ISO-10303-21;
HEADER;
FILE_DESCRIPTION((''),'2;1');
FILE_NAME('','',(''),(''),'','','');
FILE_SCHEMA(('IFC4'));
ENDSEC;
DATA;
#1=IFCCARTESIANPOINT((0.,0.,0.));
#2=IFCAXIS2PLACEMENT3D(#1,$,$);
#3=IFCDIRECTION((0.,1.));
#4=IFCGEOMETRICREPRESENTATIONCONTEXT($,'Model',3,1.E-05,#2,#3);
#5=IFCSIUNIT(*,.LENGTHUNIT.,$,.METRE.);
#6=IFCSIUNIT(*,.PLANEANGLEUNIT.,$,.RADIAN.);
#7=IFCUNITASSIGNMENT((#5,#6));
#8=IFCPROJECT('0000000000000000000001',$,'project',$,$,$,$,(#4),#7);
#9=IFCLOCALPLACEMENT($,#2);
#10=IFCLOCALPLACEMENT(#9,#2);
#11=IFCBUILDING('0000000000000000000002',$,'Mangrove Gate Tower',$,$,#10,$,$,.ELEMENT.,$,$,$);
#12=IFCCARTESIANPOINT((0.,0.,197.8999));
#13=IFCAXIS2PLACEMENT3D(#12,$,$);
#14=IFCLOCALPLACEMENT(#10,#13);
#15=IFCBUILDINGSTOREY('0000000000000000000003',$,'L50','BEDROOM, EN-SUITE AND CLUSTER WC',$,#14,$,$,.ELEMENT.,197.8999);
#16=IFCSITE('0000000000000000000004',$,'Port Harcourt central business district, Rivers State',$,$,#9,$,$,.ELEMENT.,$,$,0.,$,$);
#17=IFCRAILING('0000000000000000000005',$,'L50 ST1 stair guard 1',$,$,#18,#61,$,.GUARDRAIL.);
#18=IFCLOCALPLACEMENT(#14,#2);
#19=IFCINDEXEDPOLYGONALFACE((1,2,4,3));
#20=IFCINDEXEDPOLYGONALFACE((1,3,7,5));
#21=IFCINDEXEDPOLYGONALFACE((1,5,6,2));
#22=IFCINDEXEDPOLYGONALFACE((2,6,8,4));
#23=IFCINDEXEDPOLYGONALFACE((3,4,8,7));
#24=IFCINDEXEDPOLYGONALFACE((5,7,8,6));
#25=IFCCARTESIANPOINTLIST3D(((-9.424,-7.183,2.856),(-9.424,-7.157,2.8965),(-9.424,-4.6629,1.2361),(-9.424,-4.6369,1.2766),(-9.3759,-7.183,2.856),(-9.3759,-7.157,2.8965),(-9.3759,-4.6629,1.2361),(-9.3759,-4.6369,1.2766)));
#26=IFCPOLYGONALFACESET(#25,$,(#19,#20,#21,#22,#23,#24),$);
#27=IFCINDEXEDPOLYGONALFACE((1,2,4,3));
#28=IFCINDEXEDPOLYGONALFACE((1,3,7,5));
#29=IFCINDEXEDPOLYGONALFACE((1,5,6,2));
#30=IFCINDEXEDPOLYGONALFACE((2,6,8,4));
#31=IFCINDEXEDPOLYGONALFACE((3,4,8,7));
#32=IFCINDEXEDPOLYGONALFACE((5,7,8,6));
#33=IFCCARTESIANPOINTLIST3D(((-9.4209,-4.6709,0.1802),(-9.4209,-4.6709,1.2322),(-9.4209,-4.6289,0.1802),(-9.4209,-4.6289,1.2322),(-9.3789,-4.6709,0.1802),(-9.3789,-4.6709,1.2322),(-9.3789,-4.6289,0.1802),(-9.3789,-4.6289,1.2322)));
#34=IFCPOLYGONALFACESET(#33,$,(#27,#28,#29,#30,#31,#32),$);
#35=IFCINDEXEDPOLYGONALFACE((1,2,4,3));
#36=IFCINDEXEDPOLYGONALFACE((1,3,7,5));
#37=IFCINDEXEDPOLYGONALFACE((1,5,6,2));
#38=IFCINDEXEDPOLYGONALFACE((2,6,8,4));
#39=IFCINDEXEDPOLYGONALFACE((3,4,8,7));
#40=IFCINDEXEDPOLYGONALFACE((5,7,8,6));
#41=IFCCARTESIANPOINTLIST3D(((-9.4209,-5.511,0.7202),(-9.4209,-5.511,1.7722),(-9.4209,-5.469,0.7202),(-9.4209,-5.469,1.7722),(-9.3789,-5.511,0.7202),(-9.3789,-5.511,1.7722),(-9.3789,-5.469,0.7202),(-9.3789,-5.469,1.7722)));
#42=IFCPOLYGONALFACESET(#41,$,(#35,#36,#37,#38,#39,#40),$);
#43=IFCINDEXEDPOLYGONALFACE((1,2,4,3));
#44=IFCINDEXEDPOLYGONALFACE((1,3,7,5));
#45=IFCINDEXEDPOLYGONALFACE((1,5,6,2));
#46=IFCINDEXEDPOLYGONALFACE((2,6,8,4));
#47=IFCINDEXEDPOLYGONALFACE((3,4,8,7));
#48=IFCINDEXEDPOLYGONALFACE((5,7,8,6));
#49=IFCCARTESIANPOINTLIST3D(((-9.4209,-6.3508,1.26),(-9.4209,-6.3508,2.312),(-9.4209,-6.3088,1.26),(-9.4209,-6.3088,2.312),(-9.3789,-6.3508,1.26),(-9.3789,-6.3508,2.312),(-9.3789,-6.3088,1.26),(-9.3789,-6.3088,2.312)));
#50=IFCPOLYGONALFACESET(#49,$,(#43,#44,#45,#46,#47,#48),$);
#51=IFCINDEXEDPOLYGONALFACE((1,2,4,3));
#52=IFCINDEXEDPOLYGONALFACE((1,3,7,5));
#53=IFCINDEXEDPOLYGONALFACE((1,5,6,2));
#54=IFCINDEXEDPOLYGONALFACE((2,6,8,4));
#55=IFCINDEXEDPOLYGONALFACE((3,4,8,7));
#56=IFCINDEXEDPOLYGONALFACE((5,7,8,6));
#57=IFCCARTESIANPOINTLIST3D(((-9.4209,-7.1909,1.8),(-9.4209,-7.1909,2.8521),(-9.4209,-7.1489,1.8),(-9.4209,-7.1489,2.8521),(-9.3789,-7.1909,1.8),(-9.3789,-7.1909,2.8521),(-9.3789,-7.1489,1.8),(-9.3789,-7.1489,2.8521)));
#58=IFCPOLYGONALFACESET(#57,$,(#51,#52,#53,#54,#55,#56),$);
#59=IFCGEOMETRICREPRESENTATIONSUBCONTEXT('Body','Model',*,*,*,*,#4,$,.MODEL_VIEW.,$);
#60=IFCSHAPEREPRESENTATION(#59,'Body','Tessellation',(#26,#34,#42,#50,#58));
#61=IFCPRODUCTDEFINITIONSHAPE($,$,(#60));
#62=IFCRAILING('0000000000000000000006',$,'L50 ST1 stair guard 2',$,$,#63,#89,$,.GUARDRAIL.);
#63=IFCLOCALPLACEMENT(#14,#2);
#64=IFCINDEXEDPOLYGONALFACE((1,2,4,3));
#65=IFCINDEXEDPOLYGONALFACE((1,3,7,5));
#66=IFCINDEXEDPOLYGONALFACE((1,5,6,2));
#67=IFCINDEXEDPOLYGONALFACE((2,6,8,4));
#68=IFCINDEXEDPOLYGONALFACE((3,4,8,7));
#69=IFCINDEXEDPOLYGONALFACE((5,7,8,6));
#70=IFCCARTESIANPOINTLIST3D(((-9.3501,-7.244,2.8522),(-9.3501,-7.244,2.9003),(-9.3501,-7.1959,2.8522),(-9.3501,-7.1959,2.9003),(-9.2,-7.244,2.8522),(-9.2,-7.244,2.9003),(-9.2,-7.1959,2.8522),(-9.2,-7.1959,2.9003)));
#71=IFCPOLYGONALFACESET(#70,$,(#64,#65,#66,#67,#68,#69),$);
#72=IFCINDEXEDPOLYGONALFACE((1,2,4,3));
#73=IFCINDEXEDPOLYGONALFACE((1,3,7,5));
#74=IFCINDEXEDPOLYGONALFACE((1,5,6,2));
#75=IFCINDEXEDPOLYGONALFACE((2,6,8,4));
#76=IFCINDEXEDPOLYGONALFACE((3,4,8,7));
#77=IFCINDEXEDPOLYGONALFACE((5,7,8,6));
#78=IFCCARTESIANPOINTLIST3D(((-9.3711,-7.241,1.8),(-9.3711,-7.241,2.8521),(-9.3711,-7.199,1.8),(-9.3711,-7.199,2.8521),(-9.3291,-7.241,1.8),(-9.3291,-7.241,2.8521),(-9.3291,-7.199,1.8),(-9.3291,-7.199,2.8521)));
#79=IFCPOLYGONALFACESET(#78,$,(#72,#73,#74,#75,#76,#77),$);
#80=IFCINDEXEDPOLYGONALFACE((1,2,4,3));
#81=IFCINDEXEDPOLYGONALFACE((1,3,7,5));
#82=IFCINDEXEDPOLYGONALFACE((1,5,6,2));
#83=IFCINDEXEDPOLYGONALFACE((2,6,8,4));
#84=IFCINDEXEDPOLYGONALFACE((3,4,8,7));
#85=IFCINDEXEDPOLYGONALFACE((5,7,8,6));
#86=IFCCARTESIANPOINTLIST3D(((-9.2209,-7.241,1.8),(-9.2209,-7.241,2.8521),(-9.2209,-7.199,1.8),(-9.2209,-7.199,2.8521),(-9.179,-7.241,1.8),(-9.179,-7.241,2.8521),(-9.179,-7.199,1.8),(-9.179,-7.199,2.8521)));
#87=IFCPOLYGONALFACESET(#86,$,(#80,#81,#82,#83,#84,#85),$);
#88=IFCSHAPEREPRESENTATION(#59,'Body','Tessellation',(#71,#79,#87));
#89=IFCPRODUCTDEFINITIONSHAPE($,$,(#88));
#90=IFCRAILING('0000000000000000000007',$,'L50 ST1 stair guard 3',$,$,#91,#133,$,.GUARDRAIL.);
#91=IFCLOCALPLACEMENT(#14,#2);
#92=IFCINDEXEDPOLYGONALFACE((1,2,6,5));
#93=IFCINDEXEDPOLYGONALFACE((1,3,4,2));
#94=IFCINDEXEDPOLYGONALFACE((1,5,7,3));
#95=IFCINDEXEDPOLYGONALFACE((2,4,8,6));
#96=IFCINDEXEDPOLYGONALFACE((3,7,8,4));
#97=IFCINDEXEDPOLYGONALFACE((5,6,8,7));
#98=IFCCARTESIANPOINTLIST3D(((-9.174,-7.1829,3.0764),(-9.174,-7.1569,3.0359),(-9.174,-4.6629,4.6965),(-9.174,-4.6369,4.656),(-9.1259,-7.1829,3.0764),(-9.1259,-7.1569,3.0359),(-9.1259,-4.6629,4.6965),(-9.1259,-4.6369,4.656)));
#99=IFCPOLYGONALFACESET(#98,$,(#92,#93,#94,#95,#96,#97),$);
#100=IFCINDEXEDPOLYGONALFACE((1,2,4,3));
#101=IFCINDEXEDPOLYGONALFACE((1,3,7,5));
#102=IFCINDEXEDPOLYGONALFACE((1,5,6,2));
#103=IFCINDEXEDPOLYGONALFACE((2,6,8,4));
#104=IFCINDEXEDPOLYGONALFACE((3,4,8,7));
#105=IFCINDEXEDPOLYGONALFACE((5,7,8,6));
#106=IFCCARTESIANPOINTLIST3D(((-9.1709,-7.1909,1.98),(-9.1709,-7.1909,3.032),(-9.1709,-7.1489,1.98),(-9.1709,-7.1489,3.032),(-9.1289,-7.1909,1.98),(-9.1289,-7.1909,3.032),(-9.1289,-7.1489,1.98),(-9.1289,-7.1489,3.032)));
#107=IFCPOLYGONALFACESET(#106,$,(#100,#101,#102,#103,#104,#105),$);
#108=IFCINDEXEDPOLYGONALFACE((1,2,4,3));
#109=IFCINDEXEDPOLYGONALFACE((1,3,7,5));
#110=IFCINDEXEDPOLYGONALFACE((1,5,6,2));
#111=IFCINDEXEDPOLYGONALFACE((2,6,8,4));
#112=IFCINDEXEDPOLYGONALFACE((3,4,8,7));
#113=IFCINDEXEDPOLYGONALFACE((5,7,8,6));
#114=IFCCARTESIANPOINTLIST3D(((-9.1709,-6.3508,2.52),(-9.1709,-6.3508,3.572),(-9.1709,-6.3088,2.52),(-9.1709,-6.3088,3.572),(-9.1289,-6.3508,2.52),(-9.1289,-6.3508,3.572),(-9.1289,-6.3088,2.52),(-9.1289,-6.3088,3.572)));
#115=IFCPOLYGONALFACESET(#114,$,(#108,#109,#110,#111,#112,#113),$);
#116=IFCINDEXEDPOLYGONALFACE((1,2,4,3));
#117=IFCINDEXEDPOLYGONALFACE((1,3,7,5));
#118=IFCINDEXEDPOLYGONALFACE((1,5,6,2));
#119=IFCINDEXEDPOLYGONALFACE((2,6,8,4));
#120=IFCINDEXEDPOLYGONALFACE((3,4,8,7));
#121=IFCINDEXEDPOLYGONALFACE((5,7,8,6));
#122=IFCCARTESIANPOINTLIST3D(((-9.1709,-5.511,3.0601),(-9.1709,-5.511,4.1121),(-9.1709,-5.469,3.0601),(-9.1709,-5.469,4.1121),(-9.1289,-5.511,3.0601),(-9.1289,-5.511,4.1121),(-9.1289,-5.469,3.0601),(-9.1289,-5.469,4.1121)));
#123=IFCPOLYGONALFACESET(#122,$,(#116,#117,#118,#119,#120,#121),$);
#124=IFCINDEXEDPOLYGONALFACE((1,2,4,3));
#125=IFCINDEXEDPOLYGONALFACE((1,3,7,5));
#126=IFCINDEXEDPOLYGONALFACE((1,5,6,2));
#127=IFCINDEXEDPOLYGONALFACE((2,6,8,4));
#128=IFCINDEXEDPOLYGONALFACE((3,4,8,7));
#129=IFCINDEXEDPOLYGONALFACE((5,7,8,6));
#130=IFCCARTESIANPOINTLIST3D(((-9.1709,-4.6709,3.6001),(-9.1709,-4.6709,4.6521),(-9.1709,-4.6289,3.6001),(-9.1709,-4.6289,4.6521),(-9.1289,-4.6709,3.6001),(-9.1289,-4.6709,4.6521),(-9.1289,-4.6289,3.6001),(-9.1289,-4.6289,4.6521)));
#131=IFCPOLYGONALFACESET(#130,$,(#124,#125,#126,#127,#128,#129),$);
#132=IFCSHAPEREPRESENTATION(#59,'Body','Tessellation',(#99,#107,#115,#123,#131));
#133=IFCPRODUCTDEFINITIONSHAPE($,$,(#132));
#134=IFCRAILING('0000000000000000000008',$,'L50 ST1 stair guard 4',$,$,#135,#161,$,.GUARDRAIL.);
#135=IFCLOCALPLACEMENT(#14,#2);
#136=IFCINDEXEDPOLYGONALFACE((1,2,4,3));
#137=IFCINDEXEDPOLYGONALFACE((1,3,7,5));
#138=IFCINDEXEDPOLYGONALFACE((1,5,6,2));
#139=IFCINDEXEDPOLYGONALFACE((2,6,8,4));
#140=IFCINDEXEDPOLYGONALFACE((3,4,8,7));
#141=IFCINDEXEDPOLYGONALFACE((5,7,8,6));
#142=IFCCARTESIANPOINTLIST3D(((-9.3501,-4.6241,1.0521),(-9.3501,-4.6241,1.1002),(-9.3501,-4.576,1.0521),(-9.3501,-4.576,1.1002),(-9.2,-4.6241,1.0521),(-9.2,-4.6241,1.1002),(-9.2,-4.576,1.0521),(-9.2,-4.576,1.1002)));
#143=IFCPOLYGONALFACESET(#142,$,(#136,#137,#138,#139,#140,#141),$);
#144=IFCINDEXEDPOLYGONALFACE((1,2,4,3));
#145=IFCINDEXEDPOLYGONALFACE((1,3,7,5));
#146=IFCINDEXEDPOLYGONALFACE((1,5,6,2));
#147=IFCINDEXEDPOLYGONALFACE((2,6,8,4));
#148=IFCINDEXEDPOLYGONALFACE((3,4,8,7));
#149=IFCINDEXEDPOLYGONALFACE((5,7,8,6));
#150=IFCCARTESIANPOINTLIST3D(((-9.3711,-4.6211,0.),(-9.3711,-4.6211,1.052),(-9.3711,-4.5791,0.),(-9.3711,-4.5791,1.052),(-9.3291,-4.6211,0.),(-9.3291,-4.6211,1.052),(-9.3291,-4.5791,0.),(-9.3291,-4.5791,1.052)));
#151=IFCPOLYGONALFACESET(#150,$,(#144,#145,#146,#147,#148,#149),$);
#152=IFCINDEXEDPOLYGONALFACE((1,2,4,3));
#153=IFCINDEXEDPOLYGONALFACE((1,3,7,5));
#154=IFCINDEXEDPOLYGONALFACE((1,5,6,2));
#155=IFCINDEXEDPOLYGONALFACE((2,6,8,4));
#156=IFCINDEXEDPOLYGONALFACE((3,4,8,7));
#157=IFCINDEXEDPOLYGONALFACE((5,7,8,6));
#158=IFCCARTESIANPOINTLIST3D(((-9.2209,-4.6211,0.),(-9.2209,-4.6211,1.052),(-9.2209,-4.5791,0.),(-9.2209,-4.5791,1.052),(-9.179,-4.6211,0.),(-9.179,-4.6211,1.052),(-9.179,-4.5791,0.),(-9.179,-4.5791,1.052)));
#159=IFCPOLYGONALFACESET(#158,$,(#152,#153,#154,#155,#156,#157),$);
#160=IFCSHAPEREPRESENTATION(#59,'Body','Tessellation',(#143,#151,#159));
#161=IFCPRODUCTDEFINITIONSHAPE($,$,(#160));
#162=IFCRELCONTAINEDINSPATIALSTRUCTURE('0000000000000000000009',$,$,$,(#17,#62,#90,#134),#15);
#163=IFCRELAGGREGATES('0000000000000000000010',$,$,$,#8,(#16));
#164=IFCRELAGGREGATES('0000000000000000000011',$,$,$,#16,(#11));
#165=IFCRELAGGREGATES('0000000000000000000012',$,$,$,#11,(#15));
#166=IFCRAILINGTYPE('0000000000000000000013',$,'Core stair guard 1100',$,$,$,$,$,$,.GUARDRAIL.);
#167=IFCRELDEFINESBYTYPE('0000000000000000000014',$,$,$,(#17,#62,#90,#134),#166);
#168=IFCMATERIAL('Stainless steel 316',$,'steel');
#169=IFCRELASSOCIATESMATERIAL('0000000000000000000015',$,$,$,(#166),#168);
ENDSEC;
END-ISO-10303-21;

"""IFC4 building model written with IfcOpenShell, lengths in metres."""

from ifc_helpers import new_model, si_unit, direction, frame, origin, origin_2d, place, context, subcontext, project, spatial, rectangle, extrude, material, type_object, element, save


model = new_model("IFC4")

# Units and contexts
model_context = context("Model", 3, precision=1e-05, world=origin(), true_north=direction((0.0, 1.0)))
body_context = subcontext(model_context, "Body", "Model", "MODEL_VIEW")
ifc_project = project(units=[si_unit("LENGTHUNIT", "METRE"), si_unit("PLANEANGLEUNIT", "RADIAN")], contexts=[model_context])

# Site, building, storey
site_placement = place(None, origin())
site = spatial("IfcSite", under=ifc_project, at=site_placement, Name="Port Harcourt central business district, Rivers State", CompositionType="ELEMENT", RefElevation=0.0)
building_placement = place(site_placement, origin())
building = spatial("IfcBuilding", under=site, at=building_placement, Name="Mangrove Gate Tower", CompositionType="ELEMENT")
storey_placement = place(building_placement, frame((0.0, 0.0, 197.8999)))
storey = spatial("IfcBuildingStorey", under=building, at=storey_placement, Name="L50", Description="BEDROOM, EN-SUITE AND CLUSTER WC", CompositionType="ELEMENT", Elevation=197.8999)

# Railings
ifc_material_1 = material(Name="Stainless steel 316", Category="steel")
railing_type_1 = type_object("IfcRailingType", Name="Core stair guard 1100", PredefinedType="GUARDRAIL", material=ifc_material_1)
railing_1_placement = place(storey_placement, frame((-9.3999, -4.6499, 0.1802)))
element("IfcRailing", 1, at=railing_1_placement, inside=storey, type_object=railing_type_1, Name="L50 ST1 stair guard 1", PredefinedType="GUARDRAIL", context=body_context, shape_type="SweptSolid", body=[
    extrude(rectangle(XDim=0.0481, YDim=0.0481, at=origin_2d()), frame((0.0, 0.0, 1.0762), z_axis=(0.0, -0.8412, 0.540725), x_axis=(1.0, 0.0, 0.0)), (0.0, 0.0, 1.0), 2.9958),
    extrude(rectangle(XDim=0.042, YDim=0.042, at=origin_2d()), origin(), (0.0, 0.0, 1.0), 1.052),
    extrude(rectangle(XDim=0.042, YDim=0.042, at=origin_2d()), frame((0.0, -0.8401, 0.54)), (0.0, 0.0, 1.0), 1.052),
    extrude(rectangle(XDim=0.042, YDim=0.042, at=origin_2d()), frame((0.0, -1.6799, 1.0798)), (0.0, 0.0, 1.0), 1.052),
    extrude(rectangle(XDim=0.042, YDim=0.042, at=origin_2d()), frame((0.0, -2.52, 1.6199)), (0.0, 0.0, 1.0), 1.052),
])
railing_2_placement = place(storey_placement, frame((-9.3501, -7.22, 1.8)))
element("IfcRailing", 2, at=railing_2_placement, inside=storey, type_object=railing_type_1, Name="L50 ST1 stair guard 2", PredefinedType="GUARDRAIL", context=body_context, shape_type="SweptSolid", body=[
    extrude(rectangle(XDim=0.0481, YDim=0.0481, at=origin_2d()), frame((0.0, 0.0, 1.0762), z_axis=(1.0, 0.0, 0.0), x_axis=(0.0, 1.0, 0.0)), (0.0, 0.0, 1.0), 0.1501),
    extrude(rectangle(XDim=0.042, YDim=0.042, at=origin_2d()), origin(), (0.0, 0.0, 1.0), 1.052),
    extrude(rectangle(XDim=0.042, YDim=0.042, at=origin_2d()), frame((0.1501, 0.0, 0.0)), (0.0, 0.0, 1.0), 1.052),
])
railing_3_placement = place(storey_placement, frame((-9.1499, -7.1699, 1.98)))
element("IfcRailing", 3, at=railing_3_placement, inside=storey, type_object=railing_type_1, Name="L50 ST1 stair guard 3", PredefinedType="GUARDRAIL", context=body_context, shape_type="SweptSolid", body=[
    extrude(rectangle(XDim=0.0481, YDim=0.0481, at=origin_2d()), frame((0.0, 0.0, 1.0762), z_axis=(0.0, 0.841163, 0.540782), x_axis=(-1.0, 0.0, 0.0)), (0.0, 0.0, 1.0), 2.9958),
    extrude(rectangle(XDim=0.042, YDim=0.042, at=origin_2d()), origin(), (0.0, 0.0, 1.0), 1.052),
    extrude(rectangle(XDim=0.042, YDim=0.042, at=origin_2d()), frame((0.0, 0.8401, 0.54)), (0.0, 0.0, 1.0), 1.052),
    extrude(rectangle(XDim=0.042, YDim=0.042, at=origin_2d()), frame((0.0, 1.6799, 1.0801)), (0.0, 0.0, 1.0), 1.052),
    extrude(rectangle(XDim=0.042, YDim=0.042, at=origin_2d()), frame((0.0, 2.52, 1.6201)), (0.0, 0.0, 1.0), 1.052),
])
railing_4_placement = place(storey_placement, frame((-9.3501, -4.6001, 0.0)))
element("IfcRailing", 4, at=railing_4_placement, inside=storey, type_object=railing_type_1, Name="L50 ST1 stair guard 4", PredefinedType="GUARDRAIL", context=body_context, shape_type="SweptSolid", body=[
    extrude(rectangle(XDim=0.0481, YDim=0.0481, at=origin_2d()), frame((0.0, 0.0, 1.0762), z_axis=(1.0, 0.0, 0.0), x_axis=(0.0, 1.0, 0.0)), (0.0, 0.0, 1.0), 0.1501),
    extrude(rectangle(XDim=0.042, YDim=0.042, at=origin_2d()), origin(), (0.0, 0.0, 1.0), 1.052),
    extrude(rectangle(XDim=0.042, YDim=0.042, at=origin_2d()), frame((0.1501, 0.0, 0.0)), (0.0, 0.0, 1.0), 1.052),
])

save(model, "model.ifc")
